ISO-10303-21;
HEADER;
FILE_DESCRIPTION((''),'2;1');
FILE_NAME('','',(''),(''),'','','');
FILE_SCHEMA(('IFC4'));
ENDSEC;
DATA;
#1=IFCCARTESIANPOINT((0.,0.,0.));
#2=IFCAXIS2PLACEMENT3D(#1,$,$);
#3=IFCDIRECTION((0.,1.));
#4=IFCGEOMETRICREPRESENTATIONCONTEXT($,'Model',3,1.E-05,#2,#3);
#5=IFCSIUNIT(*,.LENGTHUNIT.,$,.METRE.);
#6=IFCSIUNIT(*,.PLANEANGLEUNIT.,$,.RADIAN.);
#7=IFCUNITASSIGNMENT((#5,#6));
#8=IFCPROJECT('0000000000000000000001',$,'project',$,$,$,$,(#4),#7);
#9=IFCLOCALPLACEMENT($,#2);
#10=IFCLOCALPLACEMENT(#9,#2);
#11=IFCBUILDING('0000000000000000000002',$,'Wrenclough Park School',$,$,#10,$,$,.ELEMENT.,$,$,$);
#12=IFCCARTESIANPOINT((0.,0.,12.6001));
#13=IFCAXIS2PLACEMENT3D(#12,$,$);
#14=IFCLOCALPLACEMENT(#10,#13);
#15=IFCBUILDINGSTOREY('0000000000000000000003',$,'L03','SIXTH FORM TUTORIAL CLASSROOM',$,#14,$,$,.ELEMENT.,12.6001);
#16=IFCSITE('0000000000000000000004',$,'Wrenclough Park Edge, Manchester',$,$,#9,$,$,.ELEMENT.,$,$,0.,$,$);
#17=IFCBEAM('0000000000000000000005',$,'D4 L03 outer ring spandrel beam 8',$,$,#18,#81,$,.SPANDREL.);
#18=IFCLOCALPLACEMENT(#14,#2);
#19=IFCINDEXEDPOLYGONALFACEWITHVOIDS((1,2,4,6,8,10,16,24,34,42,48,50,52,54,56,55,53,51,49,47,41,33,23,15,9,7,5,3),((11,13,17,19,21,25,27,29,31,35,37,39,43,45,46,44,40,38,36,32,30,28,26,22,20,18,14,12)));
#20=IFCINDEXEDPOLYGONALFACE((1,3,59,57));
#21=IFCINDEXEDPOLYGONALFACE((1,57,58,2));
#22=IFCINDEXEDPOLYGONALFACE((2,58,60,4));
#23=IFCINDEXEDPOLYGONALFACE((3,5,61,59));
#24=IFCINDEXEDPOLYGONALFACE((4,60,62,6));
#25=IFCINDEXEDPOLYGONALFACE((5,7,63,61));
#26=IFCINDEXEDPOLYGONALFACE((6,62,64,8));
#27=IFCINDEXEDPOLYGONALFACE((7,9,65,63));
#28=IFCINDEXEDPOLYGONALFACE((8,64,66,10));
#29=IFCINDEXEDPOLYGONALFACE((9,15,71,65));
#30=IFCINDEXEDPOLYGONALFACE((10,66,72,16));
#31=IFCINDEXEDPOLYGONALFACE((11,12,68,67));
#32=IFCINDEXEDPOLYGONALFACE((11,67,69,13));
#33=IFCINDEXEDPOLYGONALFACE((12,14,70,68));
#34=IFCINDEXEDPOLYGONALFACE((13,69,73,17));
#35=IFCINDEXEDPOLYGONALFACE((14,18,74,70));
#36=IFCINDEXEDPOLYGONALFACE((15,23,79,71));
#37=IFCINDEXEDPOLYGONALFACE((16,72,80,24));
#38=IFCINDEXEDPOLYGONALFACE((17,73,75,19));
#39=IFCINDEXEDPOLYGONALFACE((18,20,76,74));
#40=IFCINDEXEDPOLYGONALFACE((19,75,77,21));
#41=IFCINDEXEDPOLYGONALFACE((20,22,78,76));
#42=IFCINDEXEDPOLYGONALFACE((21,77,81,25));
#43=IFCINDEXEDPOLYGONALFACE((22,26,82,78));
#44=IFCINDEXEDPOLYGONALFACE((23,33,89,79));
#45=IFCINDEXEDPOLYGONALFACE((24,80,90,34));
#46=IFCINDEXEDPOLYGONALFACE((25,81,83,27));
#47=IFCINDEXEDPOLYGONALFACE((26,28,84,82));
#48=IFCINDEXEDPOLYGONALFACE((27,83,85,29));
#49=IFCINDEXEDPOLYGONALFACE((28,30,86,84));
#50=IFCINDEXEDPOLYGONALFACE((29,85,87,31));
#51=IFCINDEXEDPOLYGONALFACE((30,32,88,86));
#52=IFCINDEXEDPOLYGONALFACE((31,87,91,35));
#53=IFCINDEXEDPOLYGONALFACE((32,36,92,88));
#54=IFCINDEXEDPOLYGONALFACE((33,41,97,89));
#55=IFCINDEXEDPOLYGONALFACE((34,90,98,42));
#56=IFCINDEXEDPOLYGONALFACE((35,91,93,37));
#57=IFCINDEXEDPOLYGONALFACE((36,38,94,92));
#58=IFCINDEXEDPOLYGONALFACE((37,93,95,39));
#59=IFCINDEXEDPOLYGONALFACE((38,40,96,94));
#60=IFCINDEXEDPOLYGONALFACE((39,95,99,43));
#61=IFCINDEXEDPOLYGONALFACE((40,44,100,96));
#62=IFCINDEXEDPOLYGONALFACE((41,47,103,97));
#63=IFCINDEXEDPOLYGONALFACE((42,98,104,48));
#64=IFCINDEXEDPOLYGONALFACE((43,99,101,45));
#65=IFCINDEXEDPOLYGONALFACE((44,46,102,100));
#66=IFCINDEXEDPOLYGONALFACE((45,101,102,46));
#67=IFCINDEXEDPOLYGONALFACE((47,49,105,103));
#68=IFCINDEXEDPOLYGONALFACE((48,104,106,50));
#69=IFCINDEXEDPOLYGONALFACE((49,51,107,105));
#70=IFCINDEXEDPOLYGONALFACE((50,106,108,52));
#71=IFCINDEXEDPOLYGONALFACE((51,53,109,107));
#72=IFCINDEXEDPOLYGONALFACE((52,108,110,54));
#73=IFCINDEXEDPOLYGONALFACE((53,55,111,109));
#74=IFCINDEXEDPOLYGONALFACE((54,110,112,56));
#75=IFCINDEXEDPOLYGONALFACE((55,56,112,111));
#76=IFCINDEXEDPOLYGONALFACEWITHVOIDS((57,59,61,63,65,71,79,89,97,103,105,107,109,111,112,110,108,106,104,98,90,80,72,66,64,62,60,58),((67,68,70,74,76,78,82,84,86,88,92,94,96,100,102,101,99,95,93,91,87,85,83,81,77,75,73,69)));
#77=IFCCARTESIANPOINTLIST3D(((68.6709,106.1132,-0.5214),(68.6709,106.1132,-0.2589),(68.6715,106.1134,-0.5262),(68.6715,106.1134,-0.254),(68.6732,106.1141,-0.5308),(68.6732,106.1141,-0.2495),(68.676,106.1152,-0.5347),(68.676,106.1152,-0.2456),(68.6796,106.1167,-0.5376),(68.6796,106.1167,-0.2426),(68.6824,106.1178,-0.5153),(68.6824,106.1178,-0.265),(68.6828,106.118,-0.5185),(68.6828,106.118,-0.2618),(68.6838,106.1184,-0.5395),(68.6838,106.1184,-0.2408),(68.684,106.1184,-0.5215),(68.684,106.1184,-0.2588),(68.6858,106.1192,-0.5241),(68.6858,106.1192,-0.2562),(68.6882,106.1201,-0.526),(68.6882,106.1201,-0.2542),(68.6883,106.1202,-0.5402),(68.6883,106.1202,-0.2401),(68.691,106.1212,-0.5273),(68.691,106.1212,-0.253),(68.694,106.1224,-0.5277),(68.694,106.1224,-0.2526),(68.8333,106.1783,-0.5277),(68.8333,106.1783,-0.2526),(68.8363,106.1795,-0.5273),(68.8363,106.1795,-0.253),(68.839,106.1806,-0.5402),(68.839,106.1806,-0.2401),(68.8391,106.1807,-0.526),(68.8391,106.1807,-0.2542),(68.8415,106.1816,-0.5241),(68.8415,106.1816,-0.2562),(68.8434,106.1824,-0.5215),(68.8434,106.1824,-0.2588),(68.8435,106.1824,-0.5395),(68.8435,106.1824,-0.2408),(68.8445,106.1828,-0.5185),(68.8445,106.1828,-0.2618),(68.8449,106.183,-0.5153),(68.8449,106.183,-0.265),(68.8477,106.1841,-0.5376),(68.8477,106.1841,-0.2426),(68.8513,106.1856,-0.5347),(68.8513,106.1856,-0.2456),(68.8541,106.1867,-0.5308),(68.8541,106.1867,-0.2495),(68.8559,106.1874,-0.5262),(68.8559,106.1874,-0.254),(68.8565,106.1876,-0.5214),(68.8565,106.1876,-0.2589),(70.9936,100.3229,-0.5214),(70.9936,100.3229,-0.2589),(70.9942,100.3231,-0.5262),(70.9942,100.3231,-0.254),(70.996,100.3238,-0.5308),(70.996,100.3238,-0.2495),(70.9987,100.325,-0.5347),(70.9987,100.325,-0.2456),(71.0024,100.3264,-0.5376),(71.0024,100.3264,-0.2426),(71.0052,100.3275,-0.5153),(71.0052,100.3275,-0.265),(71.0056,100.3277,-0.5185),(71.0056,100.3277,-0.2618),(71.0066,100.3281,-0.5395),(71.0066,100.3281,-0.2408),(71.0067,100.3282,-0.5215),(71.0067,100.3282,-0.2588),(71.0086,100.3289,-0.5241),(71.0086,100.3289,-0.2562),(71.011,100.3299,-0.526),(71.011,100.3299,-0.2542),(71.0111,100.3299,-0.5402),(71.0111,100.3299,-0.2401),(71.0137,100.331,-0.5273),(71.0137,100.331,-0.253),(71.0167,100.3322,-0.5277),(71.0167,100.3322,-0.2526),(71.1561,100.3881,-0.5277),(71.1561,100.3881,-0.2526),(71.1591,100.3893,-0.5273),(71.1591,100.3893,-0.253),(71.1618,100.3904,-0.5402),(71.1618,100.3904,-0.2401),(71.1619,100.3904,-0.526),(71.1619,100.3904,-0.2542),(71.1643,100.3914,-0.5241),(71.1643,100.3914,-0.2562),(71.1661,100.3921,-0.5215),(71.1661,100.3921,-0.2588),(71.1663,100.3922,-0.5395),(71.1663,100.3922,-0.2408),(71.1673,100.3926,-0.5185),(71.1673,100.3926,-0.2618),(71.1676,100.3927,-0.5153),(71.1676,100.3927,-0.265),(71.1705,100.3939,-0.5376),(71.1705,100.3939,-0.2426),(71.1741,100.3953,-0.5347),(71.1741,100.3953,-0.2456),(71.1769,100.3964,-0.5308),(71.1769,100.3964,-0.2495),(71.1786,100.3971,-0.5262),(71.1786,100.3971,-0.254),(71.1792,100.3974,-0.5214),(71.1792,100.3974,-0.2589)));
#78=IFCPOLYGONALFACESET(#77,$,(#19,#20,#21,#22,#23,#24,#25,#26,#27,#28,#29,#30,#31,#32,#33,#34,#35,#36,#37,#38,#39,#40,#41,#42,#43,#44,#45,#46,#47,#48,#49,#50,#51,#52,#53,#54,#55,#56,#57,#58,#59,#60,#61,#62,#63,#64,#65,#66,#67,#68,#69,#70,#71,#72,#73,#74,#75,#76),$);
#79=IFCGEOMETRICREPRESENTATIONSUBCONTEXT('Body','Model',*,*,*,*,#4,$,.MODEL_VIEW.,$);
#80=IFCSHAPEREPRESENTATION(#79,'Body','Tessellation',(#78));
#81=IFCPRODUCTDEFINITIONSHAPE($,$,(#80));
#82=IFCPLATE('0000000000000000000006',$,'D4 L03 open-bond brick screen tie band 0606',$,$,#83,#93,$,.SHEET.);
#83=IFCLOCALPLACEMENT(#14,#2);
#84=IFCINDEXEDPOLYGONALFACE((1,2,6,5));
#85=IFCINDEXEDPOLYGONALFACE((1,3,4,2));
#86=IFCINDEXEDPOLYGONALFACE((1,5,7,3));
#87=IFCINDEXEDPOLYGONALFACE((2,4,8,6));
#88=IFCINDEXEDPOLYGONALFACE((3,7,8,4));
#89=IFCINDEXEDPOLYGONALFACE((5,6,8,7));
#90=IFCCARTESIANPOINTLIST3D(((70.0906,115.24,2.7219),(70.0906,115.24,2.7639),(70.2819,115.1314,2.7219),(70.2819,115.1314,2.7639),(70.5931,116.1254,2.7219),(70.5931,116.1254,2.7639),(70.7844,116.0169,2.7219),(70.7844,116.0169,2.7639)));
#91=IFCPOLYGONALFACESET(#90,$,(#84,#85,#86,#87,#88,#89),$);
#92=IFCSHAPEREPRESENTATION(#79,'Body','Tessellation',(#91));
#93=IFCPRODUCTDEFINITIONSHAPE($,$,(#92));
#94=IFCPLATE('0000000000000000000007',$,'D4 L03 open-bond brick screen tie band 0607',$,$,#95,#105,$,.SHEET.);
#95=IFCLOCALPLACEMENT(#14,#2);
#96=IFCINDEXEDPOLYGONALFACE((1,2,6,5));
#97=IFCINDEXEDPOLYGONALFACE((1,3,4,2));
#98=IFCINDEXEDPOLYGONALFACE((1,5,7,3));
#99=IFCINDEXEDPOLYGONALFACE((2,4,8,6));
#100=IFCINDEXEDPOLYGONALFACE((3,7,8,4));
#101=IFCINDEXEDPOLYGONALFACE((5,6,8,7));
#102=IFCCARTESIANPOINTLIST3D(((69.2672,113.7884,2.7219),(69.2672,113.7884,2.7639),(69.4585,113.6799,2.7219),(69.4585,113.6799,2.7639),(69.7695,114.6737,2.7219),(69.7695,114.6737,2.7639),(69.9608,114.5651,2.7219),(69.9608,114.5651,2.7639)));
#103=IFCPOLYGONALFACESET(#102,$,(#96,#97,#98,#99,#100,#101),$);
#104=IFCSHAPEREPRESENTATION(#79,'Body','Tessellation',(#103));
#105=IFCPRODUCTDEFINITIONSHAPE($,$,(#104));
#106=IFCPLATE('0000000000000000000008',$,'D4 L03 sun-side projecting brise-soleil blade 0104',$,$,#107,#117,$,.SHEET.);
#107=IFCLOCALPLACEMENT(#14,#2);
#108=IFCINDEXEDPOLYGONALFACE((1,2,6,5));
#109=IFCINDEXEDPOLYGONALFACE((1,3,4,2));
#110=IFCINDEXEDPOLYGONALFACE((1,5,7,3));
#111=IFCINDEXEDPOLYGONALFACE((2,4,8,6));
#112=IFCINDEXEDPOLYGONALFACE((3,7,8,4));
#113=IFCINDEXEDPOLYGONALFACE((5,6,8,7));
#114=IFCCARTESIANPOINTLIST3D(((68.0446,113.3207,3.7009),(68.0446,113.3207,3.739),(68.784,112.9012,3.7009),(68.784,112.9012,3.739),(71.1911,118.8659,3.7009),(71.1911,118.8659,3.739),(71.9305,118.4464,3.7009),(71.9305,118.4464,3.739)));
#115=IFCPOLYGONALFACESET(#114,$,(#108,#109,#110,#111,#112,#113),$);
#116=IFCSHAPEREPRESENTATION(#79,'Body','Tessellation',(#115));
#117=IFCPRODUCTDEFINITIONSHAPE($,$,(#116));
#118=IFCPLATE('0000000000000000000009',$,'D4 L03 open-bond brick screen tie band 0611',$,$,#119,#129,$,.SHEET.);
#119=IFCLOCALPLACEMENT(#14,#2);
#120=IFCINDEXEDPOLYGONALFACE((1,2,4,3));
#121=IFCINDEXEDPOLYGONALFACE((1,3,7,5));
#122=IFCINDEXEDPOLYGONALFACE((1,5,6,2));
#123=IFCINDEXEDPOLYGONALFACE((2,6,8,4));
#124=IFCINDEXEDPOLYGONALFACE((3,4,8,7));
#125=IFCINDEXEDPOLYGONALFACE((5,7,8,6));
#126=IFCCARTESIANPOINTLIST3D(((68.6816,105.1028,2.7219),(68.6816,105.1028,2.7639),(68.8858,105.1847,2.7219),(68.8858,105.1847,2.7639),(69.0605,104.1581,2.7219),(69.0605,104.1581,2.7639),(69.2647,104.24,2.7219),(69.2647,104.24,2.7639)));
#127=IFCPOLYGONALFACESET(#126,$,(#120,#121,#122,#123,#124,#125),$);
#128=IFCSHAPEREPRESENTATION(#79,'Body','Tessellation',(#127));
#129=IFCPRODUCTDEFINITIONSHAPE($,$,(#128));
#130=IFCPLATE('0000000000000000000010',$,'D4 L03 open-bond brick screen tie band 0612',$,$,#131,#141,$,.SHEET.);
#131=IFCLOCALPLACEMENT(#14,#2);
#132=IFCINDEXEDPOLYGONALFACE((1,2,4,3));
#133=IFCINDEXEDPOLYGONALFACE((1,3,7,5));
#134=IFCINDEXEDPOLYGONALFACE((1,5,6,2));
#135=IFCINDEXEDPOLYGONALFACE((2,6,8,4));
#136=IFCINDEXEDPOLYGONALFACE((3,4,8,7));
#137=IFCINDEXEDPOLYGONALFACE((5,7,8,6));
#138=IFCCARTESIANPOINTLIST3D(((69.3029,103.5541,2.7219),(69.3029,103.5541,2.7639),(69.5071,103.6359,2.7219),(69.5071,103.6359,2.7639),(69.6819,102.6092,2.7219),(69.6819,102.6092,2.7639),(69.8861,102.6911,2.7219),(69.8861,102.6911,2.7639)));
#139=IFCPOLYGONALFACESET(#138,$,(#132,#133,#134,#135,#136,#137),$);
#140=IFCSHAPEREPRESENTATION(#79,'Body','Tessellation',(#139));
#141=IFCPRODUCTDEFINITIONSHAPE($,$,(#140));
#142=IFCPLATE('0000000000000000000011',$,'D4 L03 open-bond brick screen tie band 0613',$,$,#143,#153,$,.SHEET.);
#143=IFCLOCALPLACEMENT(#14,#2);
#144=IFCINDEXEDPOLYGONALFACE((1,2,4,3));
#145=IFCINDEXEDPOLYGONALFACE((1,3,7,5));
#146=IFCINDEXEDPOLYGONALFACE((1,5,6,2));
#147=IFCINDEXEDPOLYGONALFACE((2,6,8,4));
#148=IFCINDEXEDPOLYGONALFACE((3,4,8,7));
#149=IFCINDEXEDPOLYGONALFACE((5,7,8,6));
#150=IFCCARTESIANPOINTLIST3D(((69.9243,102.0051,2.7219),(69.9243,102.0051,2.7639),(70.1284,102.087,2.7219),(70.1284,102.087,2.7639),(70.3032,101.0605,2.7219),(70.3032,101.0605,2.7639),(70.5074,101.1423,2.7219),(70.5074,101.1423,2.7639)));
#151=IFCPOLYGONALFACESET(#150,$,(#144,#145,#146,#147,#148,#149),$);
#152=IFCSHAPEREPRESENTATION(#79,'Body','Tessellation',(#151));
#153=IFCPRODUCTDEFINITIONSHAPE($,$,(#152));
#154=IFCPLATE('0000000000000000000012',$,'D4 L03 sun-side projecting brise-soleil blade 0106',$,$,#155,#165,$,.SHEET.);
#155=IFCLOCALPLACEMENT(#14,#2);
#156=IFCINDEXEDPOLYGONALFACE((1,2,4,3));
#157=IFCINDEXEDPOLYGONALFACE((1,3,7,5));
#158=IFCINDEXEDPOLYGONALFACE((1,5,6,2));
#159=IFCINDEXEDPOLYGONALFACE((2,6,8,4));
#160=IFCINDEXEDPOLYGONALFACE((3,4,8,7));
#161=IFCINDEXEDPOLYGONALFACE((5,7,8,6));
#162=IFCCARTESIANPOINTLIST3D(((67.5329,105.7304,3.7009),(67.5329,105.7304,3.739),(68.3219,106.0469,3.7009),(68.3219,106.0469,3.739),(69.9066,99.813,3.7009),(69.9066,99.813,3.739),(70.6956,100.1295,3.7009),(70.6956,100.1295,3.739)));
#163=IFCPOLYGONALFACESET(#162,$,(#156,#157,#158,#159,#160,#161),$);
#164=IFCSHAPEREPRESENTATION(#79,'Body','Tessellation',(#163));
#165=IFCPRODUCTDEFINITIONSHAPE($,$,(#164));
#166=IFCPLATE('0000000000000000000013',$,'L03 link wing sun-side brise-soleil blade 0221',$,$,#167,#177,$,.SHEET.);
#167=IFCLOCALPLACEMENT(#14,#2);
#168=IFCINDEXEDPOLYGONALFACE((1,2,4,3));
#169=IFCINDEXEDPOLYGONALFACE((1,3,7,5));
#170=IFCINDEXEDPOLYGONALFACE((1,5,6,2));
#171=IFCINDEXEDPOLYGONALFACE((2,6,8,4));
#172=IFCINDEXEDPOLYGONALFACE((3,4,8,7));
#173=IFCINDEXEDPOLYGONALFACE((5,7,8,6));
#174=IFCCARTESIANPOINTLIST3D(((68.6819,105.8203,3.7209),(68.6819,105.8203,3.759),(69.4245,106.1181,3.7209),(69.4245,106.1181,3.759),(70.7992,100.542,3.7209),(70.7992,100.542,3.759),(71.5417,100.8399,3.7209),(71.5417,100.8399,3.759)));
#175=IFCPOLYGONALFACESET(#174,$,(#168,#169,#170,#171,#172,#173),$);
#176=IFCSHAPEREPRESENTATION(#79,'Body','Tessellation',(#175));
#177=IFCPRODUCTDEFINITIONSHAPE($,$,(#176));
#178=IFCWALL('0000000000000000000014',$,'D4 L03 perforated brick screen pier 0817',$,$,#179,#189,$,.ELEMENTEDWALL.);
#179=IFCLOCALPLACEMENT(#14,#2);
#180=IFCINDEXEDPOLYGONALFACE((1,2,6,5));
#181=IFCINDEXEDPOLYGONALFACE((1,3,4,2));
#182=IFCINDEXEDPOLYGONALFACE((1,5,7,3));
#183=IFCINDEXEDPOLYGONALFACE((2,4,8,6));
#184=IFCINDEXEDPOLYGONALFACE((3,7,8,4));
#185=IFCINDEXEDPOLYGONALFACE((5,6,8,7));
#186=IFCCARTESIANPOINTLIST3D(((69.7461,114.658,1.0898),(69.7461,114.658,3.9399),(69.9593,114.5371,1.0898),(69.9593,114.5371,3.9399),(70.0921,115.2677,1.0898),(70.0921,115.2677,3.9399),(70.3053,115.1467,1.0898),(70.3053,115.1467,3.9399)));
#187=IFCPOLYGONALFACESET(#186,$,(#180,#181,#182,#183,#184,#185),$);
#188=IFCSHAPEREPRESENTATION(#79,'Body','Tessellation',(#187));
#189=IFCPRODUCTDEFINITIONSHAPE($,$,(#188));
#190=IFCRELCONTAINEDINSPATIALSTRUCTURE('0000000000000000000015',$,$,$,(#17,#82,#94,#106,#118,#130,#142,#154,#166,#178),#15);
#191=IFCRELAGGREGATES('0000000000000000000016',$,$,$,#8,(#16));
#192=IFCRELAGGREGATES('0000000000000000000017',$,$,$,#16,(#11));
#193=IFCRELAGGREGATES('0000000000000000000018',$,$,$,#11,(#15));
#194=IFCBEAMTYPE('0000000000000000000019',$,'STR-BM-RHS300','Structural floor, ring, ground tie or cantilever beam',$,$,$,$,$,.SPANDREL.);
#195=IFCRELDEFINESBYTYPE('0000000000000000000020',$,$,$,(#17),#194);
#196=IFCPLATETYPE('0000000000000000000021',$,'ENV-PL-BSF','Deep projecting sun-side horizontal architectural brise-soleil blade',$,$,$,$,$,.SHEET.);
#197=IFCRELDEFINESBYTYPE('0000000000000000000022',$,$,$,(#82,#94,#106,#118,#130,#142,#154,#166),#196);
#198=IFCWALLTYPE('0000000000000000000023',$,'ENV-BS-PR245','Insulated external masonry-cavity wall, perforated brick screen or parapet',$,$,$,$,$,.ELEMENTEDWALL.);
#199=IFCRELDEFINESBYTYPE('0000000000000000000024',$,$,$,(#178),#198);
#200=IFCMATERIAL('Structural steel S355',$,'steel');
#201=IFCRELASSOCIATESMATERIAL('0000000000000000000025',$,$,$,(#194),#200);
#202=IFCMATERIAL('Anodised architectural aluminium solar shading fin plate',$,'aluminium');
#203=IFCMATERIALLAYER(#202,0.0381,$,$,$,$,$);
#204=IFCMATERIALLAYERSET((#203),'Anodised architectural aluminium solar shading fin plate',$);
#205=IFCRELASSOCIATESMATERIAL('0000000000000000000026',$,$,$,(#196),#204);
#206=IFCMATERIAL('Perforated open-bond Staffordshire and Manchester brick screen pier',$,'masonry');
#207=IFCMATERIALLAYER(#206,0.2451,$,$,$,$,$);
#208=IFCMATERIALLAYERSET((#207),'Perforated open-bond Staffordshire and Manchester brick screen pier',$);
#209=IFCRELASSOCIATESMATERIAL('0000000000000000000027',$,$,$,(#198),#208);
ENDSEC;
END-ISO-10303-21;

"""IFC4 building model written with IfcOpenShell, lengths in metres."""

from ifc_helpers import new_model, si_unit, direction, frame, frame_2d, origin, origin_2d, place, context, subcontext, project, spatial, rectangle, hollow_rectangle, extrude, material, layer, layer_set, material_profile, profile_set, type_object, element, save


model = new_model("IFC4")

# Units and contexts
model_context = context("Model", 3, precision=1e-05, world=origin(), true_north=direction((0.0, 1.0)))
body_context = subcontext(model_context, "Body", "Model", "MODEL_VIEW")
ifc_project = project(units=[si_unit("LENGTHUNIT", "METRE"), si_unit("PLANEANGLEUNIT", "RADIAN")], contexts=[model_context])

# Site, building, storey
site_placement = place(None, origin())
site = spatial("IfcSite", under=ifc_project, at=site_placement, Name="Wrenclough Park Edge, Manchester", CompositionType="ELEMENT", RefElevation=0.0)
building_placement = place(site_placement, origin())
building = spatial("IfcBuilding", under=site, at=building_placement, Name="Wrenclough Park School", CompositionType="ELEMENT")
storey_placement = place(building_placement, frame((0.0, 0.0, 12.6001)))
storey = spatial("IfcBuildingStorey", under=building, at=storey_placement, Name="L03", Description="SIXTH FORM TUTORIAL CLASSROOM", CompositionType="ELEMENT", Elevation=12.6001)

# Shared definitions
ifc_material_1 = material(Name="Structural steel S355", Category="steel")

# Beam
ifc_material_profile_1 = material_profile(ifc_material_1, hollow_rectangle(XDim=0.2, YDim=0.3, WallThickness=0.0125, InnerFilletRadius=0.0125, OuterFilletRadius=0.0188, at=origin_2d()), Name="RHS 300x200x12.5")
ifc_profile_set_1 = profile_set([ifc_material_profile_1], Name="Structural steel S355")
beam_type = type_object("IfcBeamType", Name="STR-BM-RHS300", Description="Structural floor, ring, ground tie or cantilever beam", PredefinedType="SPANDREL", material=ifc_profile_set_1)
beam_1_placement = place(storey_placement, frame((68.7637, 106.1504, -0.3901), z_axis=(0.372308, -0.928109, 0.0), x_axis=(0.928109, 0.372308, 0.0)))
element("IfcBeam", 1, at=beam_1_placement, inside=storey, type_object=beam_type, Name="D4 L03 outer ring spandrel beam 8", PredefinedType="SPANDREL", context=body_context, shape_type="SweptSolid", body=[
    extrude(hollow_rectangle(XDim=0.2, YDim=0.3, WallThickness=0.0125, InnerFilletRadius=0.0125, OuterFilletRadius=0.0188, at=origin_2d()), origin(), (0.0, 0.0, 1.0), 6.2388),
])

# Plates
ifc_material_2 = material(Name="Anodised architectural aluminium solar shading fin plate", Category="aluminium")
ifc_layer_1 = layer(ifc_material_2, 0.0381)
ifc_layer_set_1 = layer_set([ifc_layer_1], Name="Anodised architectural aluminium solar shading fin plate")
plate_type = type_object("IfcPlateType", Name="ENV-PL-BSF", Description="Deep projecting sun-side horizontal architectural brise-soleil blade", PredefinedType="SHEET", material=ifc_layer_set_1)
plate_1_placement = place(storey_placement, frame((70.4375, 115.6284, 2.7219), z_axis=(0.0, 0.0, 1.0), x_axis=(-0.493509, -0.869741, 0.0)))
element("IfcPlate", 2, at=plate_1_placement, inside=storey, type_object=plate_type, Name="D4 L03 open-bond brick screen tie band 0606", PredefinedType="SHEET", context=body_context, shape_type="SweptSolid", body=[
    extrude(rectangle(XDim=1.0181, YDim=0.22, at=origin_2d()), origin(), (0.0, 0.0, 1.0), 0.042),
])
plate_2_placement = place(storey_placement, frame((69.614, 114.1768, 2.7219), z_axis=(0.0, 0.0, 1.0), x_axis=(-0.493509, -0.869741, 0.0)))
element("IfcPlate", 3, at=plate_2_placement, inside=storey, type_object=plate_type, Name="D4 L03 open-bond brick screen tie band 0607", PredefinedType="SHEET", context=body_context, shape_type="SweptSolid", body=[
    extrude(rectangle(XDim=1.0178, YDim=0.22, at=origin_2d()), origin(), (0.0, 0.0, 1.0), 0.042),
])
plate_3_placement = place(storey_placement, frame((69.9875, 115.8835, 3.7009), z_axis=(0.0, 0.0, 1.0), x_axis=(-0.493509, -0.869741, 0.0)))
element("IfcPlate", 4, at=plate_3_placement, inside=storey, type_object=plate_type, Name="D4 L03 sun-side projecting brise-soleil blade 0104", PredefinedType="SHEET", context=body_context, shape_type="SweptSolid", body=[
    extrude(rectangle(XDim=6.3757, YDim=0.8501, at=origin_2d()), origin(), (0.0, 0.0, 1.0), 0.0381),
])
plate_4_placement = place(storey_placement, frame((68.9731, 104.6714, 2.7219), z_axis=(0.0, 0.0, 1.0), x_axis=(0.372292, -0.928116, 0.0)))
element("IfcPlate", 5, at=plate_4_placement, inside=storey, type_object=plate_type, Name="D4 L03 open-bond brick screen tie band 0611", PredefinedType="SHEET", context=body_context, shape_type="SweptSolid", body=[
    extrude(rectangle(XDim=1.0178, YDim=0.22, at=origin_2d()), origin(), (0.0, 0.0, 1.0), 0.042),
])
plate_5_placement = place(storey_placement, frame((69.5945, 103.1226, 2.7219), z_axis=(0.0, 0.0, 1.0), x_axis=(0.372292, -0.928116, 0.0)))
element("IfcPlate", 6, at=plate_5_placement, inside=storey, type_object=plate_type, Name="D4 L03 open-bond brick screen tie band 0612", PredefinedType="SHEET", context=body_context, shape_type="SweptSolid", body=[
    extrude(rectangle(XDim=1.0181, YDim=0.22, at=origin_2d()), origin(), (0.0, 0.0, 1.0), 0.042),
])
plate_6_placement = place(storey_placement, frame((70.2158, 101.5737, 2.7219), z_axis=(0.0, 0.0, 1.0), x_axis=(0.372292, -0.928116, 0.0)))
element("IfcPlate", 7, at=plate_6_placement, inside=storey, type_object=plate_type, Name="D4 L03 open-bond brick screen tie band 0613", PredefinedType="SHEET", context=body_context, shape_type="SweptSolid", body=[
    extrude(rectangle(XDim=1.0178, YDim=0.22, at=origin_2d()), origin(), (0.0, 0.0, 1.0), 0.042),
])
plate_7_placement = place(storey_placement, frame((69.1143, 102.9299, 3.7009), z_axis=(0.0, 0.0, 1.0), x_axis=(0.372292, -0.928116, 0.0)))
element("IfcPlate", 8, at=plate_7_placement, inside=storey, type_object=plate_type, Name="D4 L03 sun-side projecting brise-soleil blade 0106", PredefinedType="SHEET", context=body_context, shape_type="SweptSolid", body=[
    extrude(rectangle(XDim=6.3757, YDim=0.8501, at=origin_2d()), origin(), (0.0, 0.0, 1.0), 0.0381),
])
plate_8_placement = place(storey_placement, frame((70.1118, 103.3301, 3.7209), z_axis=(0.0, 0.0, 1.0), x_axis=(-0.372288, 0.928117, 0.0)))
element("IfcPlate", 9, at=plate_8_placement, inside=storey, type_object=plate_type, Name="L03 link wing sun-side brise-soleil blade 0221", PredefinedType="SHEET", context=body_context, shape_type="SweptSolid", body=[
    extrude(rectangle(XDim=5.687, YDim=0.8, at=origin_2d()), origin(), (0.0, 0.0, 1.0), 0.0381),
])

# Wall
ifc_material_3 = material(Name="Perforated open-bond Staffordshire and Manchester brick screen pier", Category="masonry")
ifc_layer_2 = layer(ifc_material_3, 0.2451)
ifc_layer_set_2 = layer_set([ifc_layer_2], Name="Perforated open-bond Staffordshire and Manchester brick screen pier")
wall_type_1 = type_object("IfcWallType", Name="ENV-BS-PR245", Description="Insulated external masonry-cavity wall, perforated brick screen or parapet", PredefinedType="ELEMENTEDWALL", material=ifc_layer_set_2)
wall_1_placement = place(storey_placement, frame((70.1987, 115.2073, 1.0898), z_axis=(0.0, 0.0, 1.0), x_axis=(-0.493549, -0.869718, 0.0)))
element("IfcWall", 10, at=wall_1_placement, inside=storey, type_object=wall_type_1, Name="D4 L03 perforated brick screen pier 0817", PredefinedType="ELEMENTEDWALL", context=body_context, shape_type="SweptSolid", body=[
    extrude(rectangle(XDim=0.7009, YDim=0.2451, at=frame_2d((0.3506, 0.0))), origin(), (0.0, 0.0, 1.0), 2.8501),
])

save(model, "model.ifc")
